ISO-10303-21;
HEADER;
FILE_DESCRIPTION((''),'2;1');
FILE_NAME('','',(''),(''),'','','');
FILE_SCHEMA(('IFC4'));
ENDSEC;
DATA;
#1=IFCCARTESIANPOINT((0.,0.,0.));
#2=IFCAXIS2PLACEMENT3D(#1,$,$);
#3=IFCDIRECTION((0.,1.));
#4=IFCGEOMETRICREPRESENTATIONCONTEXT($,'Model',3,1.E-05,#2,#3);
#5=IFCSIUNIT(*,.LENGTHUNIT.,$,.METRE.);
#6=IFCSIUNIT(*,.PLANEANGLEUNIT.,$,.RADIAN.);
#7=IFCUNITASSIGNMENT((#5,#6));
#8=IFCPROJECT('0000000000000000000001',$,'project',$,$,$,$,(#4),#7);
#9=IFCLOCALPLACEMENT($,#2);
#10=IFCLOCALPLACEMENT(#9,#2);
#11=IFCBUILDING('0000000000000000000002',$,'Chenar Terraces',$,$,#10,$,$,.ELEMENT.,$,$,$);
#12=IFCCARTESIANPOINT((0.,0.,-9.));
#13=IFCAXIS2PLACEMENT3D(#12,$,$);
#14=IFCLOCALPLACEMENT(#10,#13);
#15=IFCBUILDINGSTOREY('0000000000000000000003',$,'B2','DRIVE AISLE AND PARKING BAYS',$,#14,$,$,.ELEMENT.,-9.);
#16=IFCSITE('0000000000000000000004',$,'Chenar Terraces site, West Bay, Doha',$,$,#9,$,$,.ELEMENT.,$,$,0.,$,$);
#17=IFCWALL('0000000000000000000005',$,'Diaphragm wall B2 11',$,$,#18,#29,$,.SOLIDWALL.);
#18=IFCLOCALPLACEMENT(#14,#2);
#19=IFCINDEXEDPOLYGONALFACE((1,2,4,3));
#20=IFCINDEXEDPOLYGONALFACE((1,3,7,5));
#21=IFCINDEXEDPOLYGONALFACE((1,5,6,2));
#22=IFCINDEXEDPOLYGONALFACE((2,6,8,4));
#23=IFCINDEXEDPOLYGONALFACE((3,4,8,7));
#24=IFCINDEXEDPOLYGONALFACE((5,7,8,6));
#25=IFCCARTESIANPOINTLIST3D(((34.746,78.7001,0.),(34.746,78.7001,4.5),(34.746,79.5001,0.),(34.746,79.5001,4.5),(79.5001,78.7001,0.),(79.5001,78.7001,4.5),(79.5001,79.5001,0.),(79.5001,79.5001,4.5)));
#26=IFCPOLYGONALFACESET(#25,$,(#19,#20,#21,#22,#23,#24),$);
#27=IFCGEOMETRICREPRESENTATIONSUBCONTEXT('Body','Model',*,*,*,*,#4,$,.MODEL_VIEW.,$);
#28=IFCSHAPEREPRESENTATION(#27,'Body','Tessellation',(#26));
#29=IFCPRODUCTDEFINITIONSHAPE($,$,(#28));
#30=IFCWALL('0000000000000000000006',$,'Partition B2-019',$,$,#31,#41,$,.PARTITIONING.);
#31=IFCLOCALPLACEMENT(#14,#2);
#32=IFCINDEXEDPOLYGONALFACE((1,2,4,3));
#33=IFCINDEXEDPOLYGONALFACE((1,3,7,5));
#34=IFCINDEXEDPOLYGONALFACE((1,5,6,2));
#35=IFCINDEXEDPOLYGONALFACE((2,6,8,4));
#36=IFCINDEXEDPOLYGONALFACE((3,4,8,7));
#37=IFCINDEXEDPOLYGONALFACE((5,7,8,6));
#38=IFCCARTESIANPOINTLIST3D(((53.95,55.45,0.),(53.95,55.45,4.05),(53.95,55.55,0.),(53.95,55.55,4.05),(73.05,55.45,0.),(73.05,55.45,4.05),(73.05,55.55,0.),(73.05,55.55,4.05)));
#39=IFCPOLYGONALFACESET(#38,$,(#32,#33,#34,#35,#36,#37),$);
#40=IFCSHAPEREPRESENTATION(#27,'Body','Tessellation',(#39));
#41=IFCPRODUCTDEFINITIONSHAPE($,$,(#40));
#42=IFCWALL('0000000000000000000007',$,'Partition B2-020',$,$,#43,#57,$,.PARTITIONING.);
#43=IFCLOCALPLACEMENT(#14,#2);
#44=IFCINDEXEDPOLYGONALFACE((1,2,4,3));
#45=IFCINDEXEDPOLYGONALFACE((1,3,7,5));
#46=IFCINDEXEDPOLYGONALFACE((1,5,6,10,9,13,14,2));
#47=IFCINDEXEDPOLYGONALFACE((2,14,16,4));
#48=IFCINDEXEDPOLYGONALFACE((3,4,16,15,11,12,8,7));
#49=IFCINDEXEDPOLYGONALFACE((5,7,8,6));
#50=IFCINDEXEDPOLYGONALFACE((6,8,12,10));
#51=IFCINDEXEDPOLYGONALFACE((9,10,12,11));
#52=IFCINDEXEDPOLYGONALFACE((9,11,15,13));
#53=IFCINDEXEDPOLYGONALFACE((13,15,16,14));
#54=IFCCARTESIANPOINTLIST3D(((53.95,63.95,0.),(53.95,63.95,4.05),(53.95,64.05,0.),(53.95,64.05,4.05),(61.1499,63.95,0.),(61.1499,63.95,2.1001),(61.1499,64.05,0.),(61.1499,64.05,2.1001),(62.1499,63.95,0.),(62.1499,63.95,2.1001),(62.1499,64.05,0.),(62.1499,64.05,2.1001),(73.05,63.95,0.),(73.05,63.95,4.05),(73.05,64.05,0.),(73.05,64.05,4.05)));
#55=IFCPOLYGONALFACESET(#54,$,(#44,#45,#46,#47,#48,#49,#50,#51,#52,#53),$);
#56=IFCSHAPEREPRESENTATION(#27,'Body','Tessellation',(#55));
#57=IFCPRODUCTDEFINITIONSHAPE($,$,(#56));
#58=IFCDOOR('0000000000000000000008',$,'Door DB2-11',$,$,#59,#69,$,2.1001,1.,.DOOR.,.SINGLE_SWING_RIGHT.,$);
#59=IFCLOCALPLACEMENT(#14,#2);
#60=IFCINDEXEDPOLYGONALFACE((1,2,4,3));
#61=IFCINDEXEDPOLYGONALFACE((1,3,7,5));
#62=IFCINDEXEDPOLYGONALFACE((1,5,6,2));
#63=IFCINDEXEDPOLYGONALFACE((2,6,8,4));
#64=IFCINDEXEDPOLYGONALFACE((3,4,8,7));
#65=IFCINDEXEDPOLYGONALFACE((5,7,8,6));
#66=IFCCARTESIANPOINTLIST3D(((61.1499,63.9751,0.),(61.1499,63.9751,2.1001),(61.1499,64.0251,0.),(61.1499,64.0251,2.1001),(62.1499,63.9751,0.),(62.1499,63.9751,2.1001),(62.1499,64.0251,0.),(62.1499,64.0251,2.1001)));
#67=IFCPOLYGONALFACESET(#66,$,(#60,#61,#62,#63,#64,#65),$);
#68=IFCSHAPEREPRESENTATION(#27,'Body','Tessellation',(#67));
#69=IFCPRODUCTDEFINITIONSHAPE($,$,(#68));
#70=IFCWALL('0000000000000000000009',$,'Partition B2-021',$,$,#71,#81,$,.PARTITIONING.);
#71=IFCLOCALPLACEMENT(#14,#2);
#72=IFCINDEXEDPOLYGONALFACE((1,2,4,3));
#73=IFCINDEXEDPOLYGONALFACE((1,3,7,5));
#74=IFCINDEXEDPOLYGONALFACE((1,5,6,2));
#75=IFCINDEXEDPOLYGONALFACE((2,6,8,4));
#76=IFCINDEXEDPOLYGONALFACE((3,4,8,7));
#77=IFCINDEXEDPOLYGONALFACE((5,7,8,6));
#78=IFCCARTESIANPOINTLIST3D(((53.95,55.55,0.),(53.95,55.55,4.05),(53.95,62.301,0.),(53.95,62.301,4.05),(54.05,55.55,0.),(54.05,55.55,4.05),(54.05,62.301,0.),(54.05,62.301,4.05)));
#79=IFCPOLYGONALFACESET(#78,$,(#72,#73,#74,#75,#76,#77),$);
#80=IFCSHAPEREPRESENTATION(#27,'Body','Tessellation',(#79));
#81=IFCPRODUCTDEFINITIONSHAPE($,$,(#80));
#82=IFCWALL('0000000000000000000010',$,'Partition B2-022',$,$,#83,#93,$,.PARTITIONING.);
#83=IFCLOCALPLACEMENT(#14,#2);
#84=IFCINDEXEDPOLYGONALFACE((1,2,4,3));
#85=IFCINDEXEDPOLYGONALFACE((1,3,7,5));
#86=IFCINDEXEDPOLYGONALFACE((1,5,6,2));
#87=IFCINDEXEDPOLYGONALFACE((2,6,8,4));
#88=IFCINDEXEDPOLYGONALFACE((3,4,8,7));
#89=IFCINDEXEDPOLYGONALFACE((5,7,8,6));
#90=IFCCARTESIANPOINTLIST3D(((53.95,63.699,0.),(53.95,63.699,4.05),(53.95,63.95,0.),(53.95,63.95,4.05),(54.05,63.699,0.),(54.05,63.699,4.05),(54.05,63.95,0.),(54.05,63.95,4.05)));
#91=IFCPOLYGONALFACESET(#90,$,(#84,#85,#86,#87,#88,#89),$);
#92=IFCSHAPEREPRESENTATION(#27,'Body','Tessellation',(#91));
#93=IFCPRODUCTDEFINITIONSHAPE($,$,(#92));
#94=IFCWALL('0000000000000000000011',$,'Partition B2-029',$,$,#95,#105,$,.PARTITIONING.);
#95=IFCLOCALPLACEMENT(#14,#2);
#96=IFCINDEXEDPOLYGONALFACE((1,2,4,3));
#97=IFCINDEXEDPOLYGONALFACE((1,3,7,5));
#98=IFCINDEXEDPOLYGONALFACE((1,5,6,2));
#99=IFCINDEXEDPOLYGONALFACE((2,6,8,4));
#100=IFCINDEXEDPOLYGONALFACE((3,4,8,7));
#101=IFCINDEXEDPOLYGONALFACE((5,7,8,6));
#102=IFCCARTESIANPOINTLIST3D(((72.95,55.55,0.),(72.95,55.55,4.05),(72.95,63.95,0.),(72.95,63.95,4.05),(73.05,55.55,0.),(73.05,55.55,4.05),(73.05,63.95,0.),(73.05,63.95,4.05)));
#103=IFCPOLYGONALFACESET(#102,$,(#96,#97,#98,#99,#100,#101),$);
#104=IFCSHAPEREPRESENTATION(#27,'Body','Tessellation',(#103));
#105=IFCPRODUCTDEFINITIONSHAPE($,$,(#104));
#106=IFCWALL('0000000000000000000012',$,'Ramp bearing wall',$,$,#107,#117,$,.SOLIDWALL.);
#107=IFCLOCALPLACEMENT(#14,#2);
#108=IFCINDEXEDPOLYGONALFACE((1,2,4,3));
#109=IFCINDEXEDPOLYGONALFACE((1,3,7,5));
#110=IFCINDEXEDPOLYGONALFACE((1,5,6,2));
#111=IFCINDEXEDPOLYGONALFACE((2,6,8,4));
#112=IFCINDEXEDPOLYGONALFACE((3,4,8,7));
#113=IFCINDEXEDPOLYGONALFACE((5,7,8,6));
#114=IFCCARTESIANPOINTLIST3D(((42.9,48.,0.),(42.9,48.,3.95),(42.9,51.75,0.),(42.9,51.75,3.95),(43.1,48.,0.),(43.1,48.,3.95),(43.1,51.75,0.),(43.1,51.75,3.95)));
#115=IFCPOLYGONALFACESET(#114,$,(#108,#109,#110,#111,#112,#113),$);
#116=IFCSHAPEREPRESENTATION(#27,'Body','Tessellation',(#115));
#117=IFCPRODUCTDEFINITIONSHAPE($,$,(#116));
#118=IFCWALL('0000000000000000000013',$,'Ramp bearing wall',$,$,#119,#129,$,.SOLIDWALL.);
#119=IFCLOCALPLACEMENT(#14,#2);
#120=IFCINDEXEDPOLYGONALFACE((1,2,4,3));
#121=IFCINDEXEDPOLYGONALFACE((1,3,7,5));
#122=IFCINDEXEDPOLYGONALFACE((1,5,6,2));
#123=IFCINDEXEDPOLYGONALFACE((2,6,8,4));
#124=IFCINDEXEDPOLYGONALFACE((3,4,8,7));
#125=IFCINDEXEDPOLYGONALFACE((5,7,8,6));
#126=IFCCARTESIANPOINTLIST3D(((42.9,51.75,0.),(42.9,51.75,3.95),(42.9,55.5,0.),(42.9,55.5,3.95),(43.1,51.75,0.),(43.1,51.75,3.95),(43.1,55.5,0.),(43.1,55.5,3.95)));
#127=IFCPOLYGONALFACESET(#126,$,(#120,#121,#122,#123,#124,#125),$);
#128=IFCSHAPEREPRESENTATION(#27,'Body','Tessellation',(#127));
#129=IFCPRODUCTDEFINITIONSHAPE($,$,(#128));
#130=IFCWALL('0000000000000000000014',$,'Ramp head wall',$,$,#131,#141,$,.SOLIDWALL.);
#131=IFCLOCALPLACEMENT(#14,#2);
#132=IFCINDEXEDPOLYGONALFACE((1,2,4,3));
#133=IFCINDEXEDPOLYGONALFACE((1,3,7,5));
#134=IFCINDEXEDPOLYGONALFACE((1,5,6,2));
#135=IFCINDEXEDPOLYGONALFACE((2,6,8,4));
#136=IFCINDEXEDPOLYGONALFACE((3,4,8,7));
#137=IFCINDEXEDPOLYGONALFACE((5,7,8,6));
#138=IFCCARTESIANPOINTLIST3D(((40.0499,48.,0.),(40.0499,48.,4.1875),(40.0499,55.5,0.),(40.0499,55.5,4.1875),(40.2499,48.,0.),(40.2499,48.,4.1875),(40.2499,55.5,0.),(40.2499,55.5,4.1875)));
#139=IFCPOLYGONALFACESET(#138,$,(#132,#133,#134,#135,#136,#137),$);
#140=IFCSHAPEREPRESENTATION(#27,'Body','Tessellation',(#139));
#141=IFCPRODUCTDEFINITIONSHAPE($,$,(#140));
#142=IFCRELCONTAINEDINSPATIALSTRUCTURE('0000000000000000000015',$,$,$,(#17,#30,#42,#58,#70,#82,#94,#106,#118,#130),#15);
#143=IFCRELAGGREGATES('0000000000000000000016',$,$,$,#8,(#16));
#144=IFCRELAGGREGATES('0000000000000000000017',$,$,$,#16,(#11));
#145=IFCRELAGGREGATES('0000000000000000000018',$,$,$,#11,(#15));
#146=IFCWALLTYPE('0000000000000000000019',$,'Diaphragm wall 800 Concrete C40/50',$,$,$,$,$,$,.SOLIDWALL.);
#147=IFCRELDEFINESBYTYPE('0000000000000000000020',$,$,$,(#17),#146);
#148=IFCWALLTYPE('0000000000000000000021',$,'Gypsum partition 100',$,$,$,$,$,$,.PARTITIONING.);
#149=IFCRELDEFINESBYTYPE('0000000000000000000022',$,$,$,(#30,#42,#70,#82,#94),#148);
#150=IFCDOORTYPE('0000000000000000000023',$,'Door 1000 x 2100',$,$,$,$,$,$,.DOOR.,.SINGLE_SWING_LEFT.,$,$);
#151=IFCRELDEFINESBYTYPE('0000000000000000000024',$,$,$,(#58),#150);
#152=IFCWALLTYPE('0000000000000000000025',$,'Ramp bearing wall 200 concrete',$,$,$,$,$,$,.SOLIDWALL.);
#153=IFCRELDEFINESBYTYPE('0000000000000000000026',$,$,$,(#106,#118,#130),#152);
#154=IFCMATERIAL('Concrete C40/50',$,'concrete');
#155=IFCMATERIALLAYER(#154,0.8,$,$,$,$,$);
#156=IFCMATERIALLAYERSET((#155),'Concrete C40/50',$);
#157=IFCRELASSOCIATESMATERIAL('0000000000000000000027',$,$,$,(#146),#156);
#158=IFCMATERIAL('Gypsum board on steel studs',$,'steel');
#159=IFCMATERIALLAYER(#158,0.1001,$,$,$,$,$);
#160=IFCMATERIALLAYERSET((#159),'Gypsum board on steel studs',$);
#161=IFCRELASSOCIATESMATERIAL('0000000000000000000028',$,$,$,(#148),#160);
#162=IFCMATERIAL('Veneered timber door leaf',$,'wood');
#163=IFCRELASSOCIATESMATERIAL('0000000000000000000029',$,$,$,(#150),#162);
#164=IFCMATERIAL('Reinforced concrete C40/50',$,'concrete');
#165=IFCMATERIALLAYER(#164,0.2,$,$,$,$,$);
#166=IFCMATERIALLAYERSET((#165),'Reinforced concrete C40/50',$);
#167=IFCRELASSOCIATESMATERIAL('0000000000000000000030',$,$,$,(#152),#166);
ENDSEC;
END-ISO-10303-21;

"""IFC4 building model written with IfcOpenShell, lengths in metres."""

from ifc_helpers import new_model, si_unit, direction, frame, frame_2d, origin, place, context, subcontext, project, spatial, rectangle, extrude, material, layer, layer_set, type_object, element, fill, save


model = new_model("IFC4")

# Units and contexts
model_context = context("Model", 3, precision=1e-05, world=origin(), true_north=direction((0.0, 1.0)))
body_context = subcontext(model_context, "Body", "Model", "MODEL_VIEW")
ifc_project = project(units=[si_unit("LENGTHUNIT", "METRE"), si_unit("PLANEANGLEUNIT", "RADIAN")], contexts=[model_context])

# Site, building, storey
site_placement = place(None, origin())
site = spatial("IfcSite", under=ifc_project, at=site_placement, Name="Chenar Terraces site, West Bay, Doha", CompositionType="ELEMENT", RefElevation=0.0)
building_placement = place(site_placement, origin())
building = spatial("IfcBuilding", under=site, at=building_placement, Name="Chenar Terraces", CompositionType="ELEMENT")
storey_placement = place(building_placement, frame((0.0, 0.0, -9.0)))
storey = spatial("IfcBuildingStorey", under=building, at=storey_placement, Name="B2", Description="DRIVE AISLE AND PARKING BAYS", CompositionType="ELEMENT", Elevation=-9.0)

# Walls
ifc_material_1 = material(Name="Concrete C40/50", Category="concrete")
ifc_layer_1 = layer(ifc_material_1, 0.8)
ifc_layer_set_1 = layer_set([ifc_layer_1], Name="Concrete C40/50")
wall_type_1 = type_object("IfcWallType", Name="Diaphragm wall 800 Concrete C40/50", PredefinedType="SOLIDWALL", material=ifc_layer_set_1)
wall_1_placement = place(storey_placement, frame((79.5, 79.1001, 0.0), z_axis=(0.0, 0.0, 1.0), x_axis=(-1.0, 0.0, 0.0)))
element("IfcWall", 1, at=wall_1_placement, inside=storey, type_object=wall_type_1, Name="Diaphragm wall B2 11", PredefinedType="SOLIDWALL", context=body_context, shape_type="SweptSolid", body=[
    extrude(rectangle(XDim=44.7542, YDim=0.8, at=frame_2d((22.377, 0.0))), origin(), (0.0, 0.0, 1.0), 4.5),
])
ifc_material_2 = material(Name="Gypsum board on steel studs", Category="steel")
ifc_layer_2 = layer(ifc_material_2, 0.1001)
ifc_layer_set_2 = layer_set([ifc_layer_2], Name="Gypsum board on steel studs")
wall_type_2 = type_object("IfcWallType", Name="Gypsum partition 100", PredefinedType="PARTITIONING", material=ifc_layer_set_2)
wall_2_placement = place(storey_placement, frame((53.95, 55.5, 0.0), z_axis=(0.0, 0.0, 1.0), x_axis=(1.0, 0.0, 0.0)))
element("IfcWall", 2, at=wall_2_placement, inside=storey, type_object=wall_type_2, Name="Partition B2-019", PredefinedType="PARTITIONING", context=body_context, shape_type="SweptSolid", body=[
    extrude(rectangle(XDim=19.1001, YDim=0.1001, at=frame_2d((9.55, 0.0))), origin(), (0.0, 0.0, 1.0), 4.05),
])

# Wall, opening, door
wall_3_placement = place(storey_placement, frame((53.95, 64.0, 0.0), z_axis=(0.0, 0.0, 1.0), x_axis=(1.0, 0.0, 0.0)))
wall_3 = element("IfcWall", 3, at=wall_3_placement, inside=storey, type_object=wall_type_2, Name="Partition B2-020", PredefinedType="PARTITIONING", context=body_context, shape_type="SweptSolid", body=[
    extrude(rectangle(XDim=19.1001, YDim=0.1001, at=frame_2d((9.55, 0.0))), origin(), (0.0, 0.0, 1.0), 4.05),
])
opening_placement = place(wall_3_placement, frame((7.2, 0.0, 0.0)))
opening = element("IfcOpeningElement", 4, at=opening_placement, cuts=wall_3, PredefinedType="OPENING", context=body_context, shape_type="SweptSolid", body=[
    extrude(rectangle(XDim=1.0, YDim=2.1001, at=frame_2d((0.5, 1.05))), frame((0.0, 0.0601, 0.0), z_axis=(0.0, -1.0, 0.0), x_axis=(1.0, 0.0, 0.0)), (0.0, 0.0, 1.0), 0.1201),
])
ifc_material_3 = material(Name="Veneered timber door leaf", Category="wood")
door_type = type_object("IfcDoorType", Name="Door 1000 x 2100", OperationType="SINGLE_SWING_LEFT", PredefinedType="DOOR", material=ifc_material_3)
door_placement = place(opening_placement, frame((1.0, 0.0, 0.0), z_axis=(0.0, 0.0, 1.0), x_axis=(-1.0, 0.0, 0.0)))
door = element("IfcDoor", 5, at=door_placement, inside=storey, type_object=door_type, Name="Door DB2-11", OperationType="SINGLE_SWING_RIGHT", OverallHeight=2.1001, OverallWidth=1.0, PredefinedType="DOOR", context=body_context, shape_type="SweptSolid", body=[
    extrude(rectangle(XDim=1.0, YDim=2.1001, at=frame_2d((0.5, 1.05))), frame((0.0, 0.0249, 0.0), z_axis=(0.0, -1.0, 0.0), x_axis=(1.0, 0.0, 0.0)), (0.0, 0.0, 1.0), 0.05),
])
fill(opening, door)

# Walls
wall_4_placement = place(storey_placement, frame((54.0, 55.55, 0.0), z_axis=(0.0, 0.0, 1.0), x_axis=(0.0, 1.0, 0.0)))
element("IfcWall", 6, at=wall_4_placement, inside=storey, type_object=wall_type_2, Name="Partition B2-021", PredefinedType="PARTITIONING", context=body_context, shape_type="SweptSolid", body=[
    extrude(rectangle(XDim=6.751, YDim=0.1001, at=frame_2d((3.3755, 0.0))), origin(), (0.0, 0.0, 1.0), 4.05),
])
wall_5_placement = place(storey_placement, frame((54.0, 63.699, 0.0), z_axis=(0.0, 0.0, 1.0), x_axis=(0.0, 1.0, 0.0)))
element("IfcWall", 7, at=wall_5_placement, inside=storey, type_object=wall_type_2, Name="Partition B2-022", PredefinedType="PARTITIONING", context=body_context, shape_type="SweptSolid", body=[
    extrude(rectangle(XDim=0.251, YDim=0.1001, at=frame_2d((0.1255, 0.0))), origin(), (0.0, 0.0, 1.0), 4.05),
])
wall_6_placement = place(storey_placement, frame((73.0, 55.55, 0.0), z_axis=(0.0, 0.0, 1.0), x_axis=(0.0, 1.0, 0.0)))
element("IfcWall", 8, at=wall_6_placement, inside=storey, type_object=wall_type_2, Name="Partition B2-029", PredefinedType="PARTITIONING", context=body_context, shape_type="SweptSolid", body=[
    extrude(rectangle(XDim=8.3999, YDim=0.1001, at=frame_2d((4.2, 0.0))), origin(), (0.0, 0.0, 1.0), 4.05),
])
ifc_material_4 = material(Name="Reinforced concrete C40/50", Category="concrete")
ifc_layer_3 = layer(ifc_material_4, 0.2)
ifc_layer_set_3 = layer_set([ifc_layer_3], Name="Reinforced concrete C40/50")
wall_type_3 = type_object("IfcWallType", Name="Ramp bearing wall 200 concrete", PredefinedType="SOLIDWALL", material=ifc_layer_set_3)
for number, where, z_axis, x_axis, name in (
    (9, (43.0, 48.0, 0.0), (0.0, 0.0, 1.0), (0.0, 1.0, 0.0), "Ramp bearing wall"),
    (10, (43.0, 51.75, 0.0), (0.0, 0.0, 1.0), (0.0, 1.0, 0.0), "Ramp bearing wall"),
):
    element("IfcWall", number, at=place(storey_placement, frame(where, z_axis=z_axis, x_axis=x_axis)), inside=storey, type_object=wall_type_3, Name=name, PredefinedType="SOLIDWALL", context=body_context, shape_type="SweptSolid", body=[
        extrude(rectangle(XDim=3.75, YDim=0.2, at=frame_2d((1.875, 0.0))), origin(), (0.0, 0.0, 1.0), 3.95),
    ])
wall_7_placement = place(storey_placement, frame((40.1499, 48.0, 0.0), z_axis=(0.0, 0.0, 1.0), x_axis=(0.0, 1.0, 0.0)))
element("IfcWall", 11, at=wall_7_placement, inside=storey, type_object=wall_type_3, Name="Ramp head wall", PredefinedType="SOLIDWALL", context=body_context, shape_type="SweptSolid", body=[
    extrude(rectangle(XDim=7.5, YDim=0.2, at=frame_2d((3.75, 0.0))), origin(), (0.0, 0.0, 1.0), 4.1875),
])

save(model, "model.ifc")
